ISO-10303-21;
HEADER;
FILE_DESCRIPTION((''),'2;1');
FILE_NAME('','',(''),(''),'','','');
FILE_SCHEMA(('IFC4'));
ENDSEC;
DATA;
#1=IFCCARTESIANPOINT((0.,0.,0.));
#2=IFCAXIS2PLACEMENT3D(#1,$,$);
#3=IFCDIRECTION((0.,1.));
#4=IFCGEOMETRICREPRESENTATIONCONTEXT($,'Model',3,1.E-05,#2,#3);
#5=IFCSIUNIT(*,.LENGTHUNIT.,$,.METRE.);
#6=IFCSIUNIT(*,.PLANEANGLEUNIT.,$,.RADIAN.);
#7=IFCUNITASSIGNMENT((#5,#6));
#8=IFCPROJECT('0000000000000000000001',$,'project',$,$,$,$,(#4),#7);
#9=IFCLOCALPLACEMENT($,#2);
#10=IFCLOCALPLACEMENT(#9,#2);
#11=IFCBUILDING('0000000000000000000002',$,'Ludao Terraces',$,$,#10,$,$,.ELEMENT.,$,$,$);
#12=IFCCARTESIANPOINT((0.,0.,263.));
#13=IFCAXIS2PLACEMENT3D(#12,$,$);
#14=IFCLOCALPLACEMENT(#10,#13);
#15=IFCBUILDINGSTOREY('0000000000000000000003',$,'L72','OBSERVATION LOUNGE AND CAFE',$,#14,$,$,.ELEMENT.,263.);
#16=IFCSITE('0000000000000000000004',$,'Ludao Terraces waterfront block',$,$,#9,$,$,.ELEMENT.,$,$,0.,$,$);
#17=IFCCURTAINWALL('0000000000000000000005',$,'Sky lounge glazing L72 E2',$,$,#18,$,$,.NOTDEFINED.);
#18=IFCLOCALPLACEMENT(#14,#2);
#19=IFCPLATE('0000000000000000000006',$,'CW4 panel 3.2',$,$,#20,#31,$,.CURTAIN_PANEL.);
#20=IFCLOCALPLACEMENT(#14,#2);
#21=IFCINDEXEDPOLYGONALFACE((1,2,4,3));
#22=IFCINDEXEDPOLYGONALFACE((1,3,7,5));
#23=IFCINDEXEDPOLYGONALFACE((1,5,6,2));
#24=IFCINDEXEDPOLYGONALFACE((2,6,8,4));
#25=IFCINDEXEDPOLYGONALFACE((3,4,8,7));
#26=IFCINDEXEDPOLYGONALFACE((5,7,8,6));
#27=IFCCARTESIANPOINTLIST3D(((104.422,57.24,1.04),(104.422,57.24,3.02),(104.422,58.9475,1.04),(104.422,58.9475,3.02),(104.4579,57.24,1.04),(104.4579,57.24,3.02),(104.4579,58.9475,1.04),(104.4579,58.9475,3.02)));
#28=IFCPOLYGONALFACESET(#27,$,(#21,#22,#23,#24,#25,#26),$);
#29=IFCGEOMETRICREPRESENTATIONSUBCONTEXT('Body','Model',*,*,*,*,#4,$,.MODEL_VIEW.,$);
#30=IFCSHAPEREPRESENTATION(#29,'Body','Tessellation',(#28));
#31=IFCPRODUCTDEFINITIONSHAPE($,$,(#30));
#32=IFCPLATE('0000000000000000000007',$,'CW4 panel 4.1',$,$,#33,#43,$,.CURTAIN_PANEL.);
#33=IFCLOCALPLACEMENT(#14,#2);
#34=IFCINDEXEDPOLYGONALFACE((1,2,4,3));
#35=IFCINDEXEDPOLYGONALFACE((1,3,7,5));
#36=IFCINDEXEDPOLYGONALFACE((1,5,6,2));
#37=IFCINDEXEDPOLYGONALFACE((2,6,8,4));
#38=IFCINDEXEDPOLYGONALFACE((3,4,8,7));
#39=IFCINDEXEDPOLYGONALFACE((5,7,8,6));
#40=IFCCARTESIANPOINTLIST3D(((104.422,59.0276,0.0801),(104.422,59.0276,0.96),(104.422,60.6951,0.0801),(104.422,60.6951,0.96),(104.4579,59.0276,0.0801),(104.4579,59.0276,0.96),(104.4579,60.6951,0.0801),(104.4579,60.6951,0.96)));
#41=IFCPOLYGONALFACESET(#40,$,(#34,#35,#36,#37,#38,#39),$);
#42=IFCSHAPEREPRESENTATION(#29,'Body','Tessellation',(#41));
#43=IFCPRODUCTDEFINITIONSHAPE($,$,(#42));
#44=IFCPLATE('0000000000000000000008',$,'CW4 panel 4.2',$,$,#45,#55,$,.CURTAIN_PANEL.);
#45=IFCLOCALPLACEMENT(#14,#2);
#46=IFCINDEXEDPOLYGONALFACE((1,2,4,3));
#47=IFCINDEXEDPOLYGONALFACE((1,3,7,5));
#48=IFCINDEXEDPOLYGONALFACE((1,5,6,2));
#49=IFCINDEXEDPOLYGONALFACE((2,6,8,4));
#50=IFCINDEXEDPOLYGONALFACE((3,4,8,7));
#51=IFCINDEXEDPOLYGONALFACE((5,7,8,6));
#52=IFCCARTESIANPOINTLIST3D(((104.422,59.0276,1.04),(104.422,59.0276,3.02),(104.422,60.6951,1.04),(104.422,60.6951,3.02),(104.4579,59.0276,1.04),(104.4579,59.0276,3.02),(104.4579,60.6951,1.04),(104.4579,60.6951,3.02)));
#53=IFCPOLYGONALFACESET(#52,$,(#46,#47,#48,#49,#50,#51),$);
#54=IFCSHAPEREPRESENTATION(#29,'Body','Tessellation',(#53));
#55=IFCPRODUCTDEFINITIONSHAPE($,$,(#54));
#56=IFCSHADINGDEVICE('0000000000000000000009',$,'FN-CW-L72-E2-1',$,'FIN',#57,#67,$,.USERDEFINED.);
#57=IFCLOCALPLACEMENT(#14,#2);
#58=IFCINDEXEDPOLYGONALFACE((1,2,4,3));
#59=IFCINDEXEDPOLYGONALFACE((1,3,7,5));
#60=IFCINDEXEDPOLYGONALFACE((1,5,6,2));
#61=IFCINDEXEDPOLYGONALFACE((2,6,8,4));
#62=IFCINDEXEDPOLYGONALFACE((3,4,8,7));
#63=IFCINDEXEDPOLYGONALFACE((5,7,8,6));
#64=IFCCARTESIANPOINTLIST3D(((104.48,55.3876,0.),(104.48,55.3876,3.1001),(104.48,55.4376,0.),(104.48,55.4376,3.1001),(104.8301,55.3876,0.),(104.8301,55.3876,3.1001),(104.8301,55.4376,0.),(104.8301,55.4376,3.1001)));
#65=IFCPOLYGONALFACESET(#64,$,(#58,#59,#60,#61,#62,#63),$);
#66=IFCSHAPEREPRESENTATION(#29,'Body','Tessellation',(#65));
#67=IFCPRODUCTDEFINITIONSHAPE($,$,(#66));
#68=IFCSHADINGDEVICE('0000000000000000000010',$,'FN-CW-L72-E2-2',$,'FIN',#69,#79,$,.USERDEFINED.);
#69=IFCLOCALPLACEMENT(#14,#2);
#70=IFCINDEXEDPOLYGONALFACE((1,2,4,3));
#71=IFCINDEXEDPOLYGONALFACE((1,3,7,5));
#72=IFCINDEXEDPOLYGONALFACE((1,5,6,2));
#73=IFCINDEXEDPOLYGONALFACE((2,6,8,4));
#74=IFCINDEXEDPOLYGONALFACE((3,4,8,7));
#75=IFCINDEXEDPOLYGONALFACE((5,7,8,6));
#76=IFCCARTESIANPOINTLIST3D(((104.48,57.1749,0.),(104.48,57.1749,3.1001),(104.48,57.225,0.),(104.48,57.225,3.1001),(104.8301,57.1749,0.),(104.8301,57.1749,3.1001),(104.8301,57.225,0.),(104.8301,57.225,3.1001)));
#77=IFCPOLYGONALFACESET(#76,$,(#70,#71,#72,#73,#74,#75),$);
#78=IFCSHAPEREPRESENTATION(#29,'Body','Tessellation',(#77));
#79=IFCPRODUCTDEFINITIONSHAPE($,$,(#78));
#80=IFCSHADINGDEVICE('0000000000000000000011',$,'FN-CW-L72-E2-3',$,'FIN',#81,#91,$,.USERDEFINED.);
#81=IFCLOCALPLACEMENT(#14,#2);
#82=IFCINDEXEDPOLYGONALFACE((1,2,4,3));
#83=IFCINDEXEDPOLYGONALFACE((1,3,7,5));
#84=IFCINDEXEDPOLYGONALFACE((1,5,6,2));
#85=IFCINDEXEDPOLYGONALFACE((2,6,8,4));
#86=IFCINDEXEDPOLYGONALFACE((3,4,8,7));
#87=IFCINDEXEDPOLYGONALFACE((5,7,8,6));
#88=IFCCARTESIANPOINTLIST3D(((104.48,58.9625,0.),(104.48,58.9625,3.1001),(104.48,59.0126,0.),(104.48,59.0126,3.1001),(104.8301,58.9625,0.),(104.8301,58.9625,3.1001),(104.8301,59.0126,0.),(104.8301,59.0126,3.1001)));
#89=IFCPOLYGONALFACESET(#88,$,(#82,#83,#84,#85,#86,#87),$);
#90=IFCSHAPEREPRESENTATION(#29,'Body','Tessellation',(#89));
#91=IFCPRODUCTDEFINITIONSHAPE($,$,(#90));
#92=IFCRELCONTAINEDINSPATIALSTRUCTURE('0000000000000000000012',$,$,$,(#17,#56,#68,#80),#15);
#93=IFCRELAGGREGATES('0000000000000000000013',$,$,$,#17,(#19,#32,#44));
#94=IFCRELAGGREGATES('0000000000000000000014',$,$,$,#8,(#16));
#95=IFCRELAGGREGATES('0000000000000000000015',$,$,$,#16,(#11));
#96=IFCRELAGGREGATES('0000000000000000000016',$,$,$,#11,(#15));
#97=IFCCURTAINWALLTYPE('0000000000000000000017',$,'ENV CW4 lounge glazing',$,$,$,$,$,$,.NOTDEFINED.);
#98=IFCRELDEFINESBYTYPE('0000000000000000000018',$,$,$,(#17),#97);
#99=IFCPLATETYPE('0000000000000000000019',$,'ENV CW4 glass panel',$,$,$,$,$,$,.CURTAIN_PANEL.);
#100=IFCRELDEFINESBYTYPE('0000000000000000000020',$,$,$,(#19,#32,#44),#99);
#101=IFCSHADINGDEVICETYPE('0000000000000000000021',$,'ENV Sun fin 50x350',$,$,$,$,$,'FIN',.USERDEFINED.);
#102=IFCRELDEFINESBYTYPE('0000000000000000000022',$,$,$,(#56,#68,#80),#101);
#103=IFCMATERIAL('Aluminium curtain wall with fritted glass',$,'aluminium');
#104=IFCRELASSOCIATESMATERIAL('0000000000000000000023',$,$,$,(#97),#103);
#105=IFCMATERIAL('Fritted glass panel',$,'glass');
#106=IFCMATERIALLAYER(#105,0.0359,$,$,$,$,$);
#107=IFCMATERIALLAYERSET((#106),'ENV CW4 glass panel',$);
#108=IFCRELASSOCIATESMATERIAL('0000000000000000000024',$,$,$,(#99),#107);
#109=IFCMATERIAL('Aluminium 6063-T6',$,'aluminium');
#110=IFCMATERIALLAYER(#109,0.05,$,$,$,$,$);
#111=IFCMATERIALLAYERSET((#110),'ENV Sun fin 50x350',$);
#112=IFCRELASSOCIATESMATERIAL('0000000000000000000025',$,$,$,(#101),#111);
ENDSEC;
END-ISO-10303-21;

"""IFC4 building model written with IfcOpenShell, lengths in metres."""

from ifc_helpers import new_model, si_unit, direction, frame, origin, origin_2d, place, context, subcontext, project, spatial, rectangle, extrude, material, layer, layer_set, type_object, element, aggregate, save


model = new_model("IFC4")

# Units and contexts
model_context = context("Model", 3, precision=1e-05, world=origin(), true_north=direction((0.0, 1.0)))
body_context = subcontext(model_context, "Body", "Model", "MODEL_VIEW")
ifc_project = project(units=[si_unit("LENGTHUNIT", "METRE"), si_unit("PLANEANGLEUNIT", "RADIAN")], contexts=[model_context])

# Site, building, storey
site_placement = place(None, origin())
site = spatial("IfcSite", under=ifc_project, at=site_placement, Name="Ludao Terraces waterfront block", CompositionType="ELEMENT", RefElevation=0.0)
building_placement = place(site_placement, origin())
building = spatial("IfcBuilding", under=site, at=building_placement, Name="Ludao Terraces", CompositionType="ELEMENT")
storey_placement = place(building_placement, frame((0.0, 0.0, 263.0)))
storey = spatial("IfcBuildingStorey", under=building, at=storey_placement, Name="L72", Description="OBSERVATION LOUNGE AND CAFE", CompositionType="ELEMENT", Elevation=263.0)

# Curtain wall
ifc_material_1 = material(Name="Aluminium curtain wall with fritted glass", Category="aluminium")
curtain_wall_type = type_object("IfcCurtainWallType", Name="ENV CW4 lounge glazing", PredefinedType="NOTDEFINED", material=ifc_material_1)
curtain_wall_1_placement = place(storey_placement, origin())
curtain_wall_1 = element("IfcCurtainWall", 1, at=curtain_wall_1_placement, inside=storey, type_object=curtain_wall_type, Name="Sky lounge glazing L72 E2", PredefinedType="NOTDEFINED")
ifc_material_2 = material(Name="Aluminium 6063-T6", Category="aluminium")

# Plates
ifc_material_3 = material(Name="Fritted glass panel", Category="glass")
ifc_layer_1 = layer(ifc_material_3, 0.0359)
ifc_layer_set_1 = layer_set([ifc_layer_1], Name="ENV CW4 glass panel")
plate_type = type_object("IfcPlateType", Name="ENV CW4 glass panel", PredefinedType="CURTAIN_PANEL", material=ifc_layer_set_1)
plate_1_placement = place(storey_placement, frame((104.4399, 58.0938, 1.04), z_axis=(0.0, 0.0, 1.0), x_axis=(0.0, 1.0, 0.0)))
plate_1 = element("IfcPlate", 2, at=plate_1_placement, type_object=plate_type, Name="CW4 panel 3.2", PredefinedType="CURTAIN_PANEL", context=body_context, shape_type="SweptSolid", body=[
    extrude(rectangle(XDim=1.7075, YDim=0.0359, at=origin_2d()), origin(), (0.0, 0.0, 1.0), 1.98),
])
plate_2_placement = place(storey_placement, frame((104.4399, 59.8613, 0.0801), z_axis=(0.0, 0.0, 1.0), x_axis=(0.0, 1.0, 0.0)))
plate_2 = element("IfcPlate", 3, at=plate_2_placement, type_object=plate_type, Name="CW4 panel 4.1", PredefinedType="CURTAIN_PANEL", context=body_context, shape_type="SweptSolid", body=[
    extrude(rectangle(XDim=1.6675, YDim=0.0359, at=origin_2d()), origin(), (0.0, 0.0, 1.0), 0.8799),
])
plate_3_placement = place(storey_placement, frame((104.4399, 59.8613, 1.04), z_axis=(0.0, 0.0, 1.0), x_axis=(0.0, 1.0, 0.0)))
plate_3 = element("IfcPlate", 4, at=plate_3_placement, type_object=plate_type, Name="CW4 panel 4.2", PredefinedType="CURTAIN_PANEL", context=body_context, shape_type="SweptSolid", body=[
    extrude(rectangle(XDim=1.6675, YDim=0.0359, at=origin_2d()), origin(), (0.0, 0.0, 1.0), 1.98),
])
aggregate(curtain_wall_1, [plate_1, plate_2, plate_3])

# Shading devices
ifc_layer_2 = layer(ifc_material_2, 0.05)
ifc_layer_set_2 = layer_set([ifc_layer_2], Name="ENV Sun fin 50x350")
shading_device_type = type_object("IfcShadingDeviceType", Name="ENV Sun fin 50x350", ElementType="FIN", PredefinedType="USERDEFINED", material=ifc_layer_set_2)
for number, where, z_axis, x_axis, name in (
    (5, (104.655, 55.4126, 0.0), (0.0, 0.0, 1.0), (1.0, 0.0, 0.0), "FN-CW-L72-E2-1"),
    (6, (104.655, 57.2, 0.0), (0.0, 0.0, 1.0), (1.0, 0.0, 0.0), "FN-CW-L72-E2-2"),
    (7, (104.655, 58.9875, 0.0), (0.0, 0.0, 1.0), (1.0, 0.0, 0.0), "FN-CW-L72-E2-3"),
):
    element("IfcShadingDevice", number, at=place(storey_placement, frame(where, z_axis=z_axis, x_axis=x_axis)), inside=storey, type_object=shading_device_type, Name=name, ObjectType="FIN", PredefinedType="USERDEFINED", context=body_context, shape_type="SweptSolid", body=[
        extrude(rectangle(XDim=0.3501, YDim=0.05, at=origin_2d()), origin(), (0.0, 0.0, 1.0), 3.1001),
    ])

save(model, "model.ifc")
